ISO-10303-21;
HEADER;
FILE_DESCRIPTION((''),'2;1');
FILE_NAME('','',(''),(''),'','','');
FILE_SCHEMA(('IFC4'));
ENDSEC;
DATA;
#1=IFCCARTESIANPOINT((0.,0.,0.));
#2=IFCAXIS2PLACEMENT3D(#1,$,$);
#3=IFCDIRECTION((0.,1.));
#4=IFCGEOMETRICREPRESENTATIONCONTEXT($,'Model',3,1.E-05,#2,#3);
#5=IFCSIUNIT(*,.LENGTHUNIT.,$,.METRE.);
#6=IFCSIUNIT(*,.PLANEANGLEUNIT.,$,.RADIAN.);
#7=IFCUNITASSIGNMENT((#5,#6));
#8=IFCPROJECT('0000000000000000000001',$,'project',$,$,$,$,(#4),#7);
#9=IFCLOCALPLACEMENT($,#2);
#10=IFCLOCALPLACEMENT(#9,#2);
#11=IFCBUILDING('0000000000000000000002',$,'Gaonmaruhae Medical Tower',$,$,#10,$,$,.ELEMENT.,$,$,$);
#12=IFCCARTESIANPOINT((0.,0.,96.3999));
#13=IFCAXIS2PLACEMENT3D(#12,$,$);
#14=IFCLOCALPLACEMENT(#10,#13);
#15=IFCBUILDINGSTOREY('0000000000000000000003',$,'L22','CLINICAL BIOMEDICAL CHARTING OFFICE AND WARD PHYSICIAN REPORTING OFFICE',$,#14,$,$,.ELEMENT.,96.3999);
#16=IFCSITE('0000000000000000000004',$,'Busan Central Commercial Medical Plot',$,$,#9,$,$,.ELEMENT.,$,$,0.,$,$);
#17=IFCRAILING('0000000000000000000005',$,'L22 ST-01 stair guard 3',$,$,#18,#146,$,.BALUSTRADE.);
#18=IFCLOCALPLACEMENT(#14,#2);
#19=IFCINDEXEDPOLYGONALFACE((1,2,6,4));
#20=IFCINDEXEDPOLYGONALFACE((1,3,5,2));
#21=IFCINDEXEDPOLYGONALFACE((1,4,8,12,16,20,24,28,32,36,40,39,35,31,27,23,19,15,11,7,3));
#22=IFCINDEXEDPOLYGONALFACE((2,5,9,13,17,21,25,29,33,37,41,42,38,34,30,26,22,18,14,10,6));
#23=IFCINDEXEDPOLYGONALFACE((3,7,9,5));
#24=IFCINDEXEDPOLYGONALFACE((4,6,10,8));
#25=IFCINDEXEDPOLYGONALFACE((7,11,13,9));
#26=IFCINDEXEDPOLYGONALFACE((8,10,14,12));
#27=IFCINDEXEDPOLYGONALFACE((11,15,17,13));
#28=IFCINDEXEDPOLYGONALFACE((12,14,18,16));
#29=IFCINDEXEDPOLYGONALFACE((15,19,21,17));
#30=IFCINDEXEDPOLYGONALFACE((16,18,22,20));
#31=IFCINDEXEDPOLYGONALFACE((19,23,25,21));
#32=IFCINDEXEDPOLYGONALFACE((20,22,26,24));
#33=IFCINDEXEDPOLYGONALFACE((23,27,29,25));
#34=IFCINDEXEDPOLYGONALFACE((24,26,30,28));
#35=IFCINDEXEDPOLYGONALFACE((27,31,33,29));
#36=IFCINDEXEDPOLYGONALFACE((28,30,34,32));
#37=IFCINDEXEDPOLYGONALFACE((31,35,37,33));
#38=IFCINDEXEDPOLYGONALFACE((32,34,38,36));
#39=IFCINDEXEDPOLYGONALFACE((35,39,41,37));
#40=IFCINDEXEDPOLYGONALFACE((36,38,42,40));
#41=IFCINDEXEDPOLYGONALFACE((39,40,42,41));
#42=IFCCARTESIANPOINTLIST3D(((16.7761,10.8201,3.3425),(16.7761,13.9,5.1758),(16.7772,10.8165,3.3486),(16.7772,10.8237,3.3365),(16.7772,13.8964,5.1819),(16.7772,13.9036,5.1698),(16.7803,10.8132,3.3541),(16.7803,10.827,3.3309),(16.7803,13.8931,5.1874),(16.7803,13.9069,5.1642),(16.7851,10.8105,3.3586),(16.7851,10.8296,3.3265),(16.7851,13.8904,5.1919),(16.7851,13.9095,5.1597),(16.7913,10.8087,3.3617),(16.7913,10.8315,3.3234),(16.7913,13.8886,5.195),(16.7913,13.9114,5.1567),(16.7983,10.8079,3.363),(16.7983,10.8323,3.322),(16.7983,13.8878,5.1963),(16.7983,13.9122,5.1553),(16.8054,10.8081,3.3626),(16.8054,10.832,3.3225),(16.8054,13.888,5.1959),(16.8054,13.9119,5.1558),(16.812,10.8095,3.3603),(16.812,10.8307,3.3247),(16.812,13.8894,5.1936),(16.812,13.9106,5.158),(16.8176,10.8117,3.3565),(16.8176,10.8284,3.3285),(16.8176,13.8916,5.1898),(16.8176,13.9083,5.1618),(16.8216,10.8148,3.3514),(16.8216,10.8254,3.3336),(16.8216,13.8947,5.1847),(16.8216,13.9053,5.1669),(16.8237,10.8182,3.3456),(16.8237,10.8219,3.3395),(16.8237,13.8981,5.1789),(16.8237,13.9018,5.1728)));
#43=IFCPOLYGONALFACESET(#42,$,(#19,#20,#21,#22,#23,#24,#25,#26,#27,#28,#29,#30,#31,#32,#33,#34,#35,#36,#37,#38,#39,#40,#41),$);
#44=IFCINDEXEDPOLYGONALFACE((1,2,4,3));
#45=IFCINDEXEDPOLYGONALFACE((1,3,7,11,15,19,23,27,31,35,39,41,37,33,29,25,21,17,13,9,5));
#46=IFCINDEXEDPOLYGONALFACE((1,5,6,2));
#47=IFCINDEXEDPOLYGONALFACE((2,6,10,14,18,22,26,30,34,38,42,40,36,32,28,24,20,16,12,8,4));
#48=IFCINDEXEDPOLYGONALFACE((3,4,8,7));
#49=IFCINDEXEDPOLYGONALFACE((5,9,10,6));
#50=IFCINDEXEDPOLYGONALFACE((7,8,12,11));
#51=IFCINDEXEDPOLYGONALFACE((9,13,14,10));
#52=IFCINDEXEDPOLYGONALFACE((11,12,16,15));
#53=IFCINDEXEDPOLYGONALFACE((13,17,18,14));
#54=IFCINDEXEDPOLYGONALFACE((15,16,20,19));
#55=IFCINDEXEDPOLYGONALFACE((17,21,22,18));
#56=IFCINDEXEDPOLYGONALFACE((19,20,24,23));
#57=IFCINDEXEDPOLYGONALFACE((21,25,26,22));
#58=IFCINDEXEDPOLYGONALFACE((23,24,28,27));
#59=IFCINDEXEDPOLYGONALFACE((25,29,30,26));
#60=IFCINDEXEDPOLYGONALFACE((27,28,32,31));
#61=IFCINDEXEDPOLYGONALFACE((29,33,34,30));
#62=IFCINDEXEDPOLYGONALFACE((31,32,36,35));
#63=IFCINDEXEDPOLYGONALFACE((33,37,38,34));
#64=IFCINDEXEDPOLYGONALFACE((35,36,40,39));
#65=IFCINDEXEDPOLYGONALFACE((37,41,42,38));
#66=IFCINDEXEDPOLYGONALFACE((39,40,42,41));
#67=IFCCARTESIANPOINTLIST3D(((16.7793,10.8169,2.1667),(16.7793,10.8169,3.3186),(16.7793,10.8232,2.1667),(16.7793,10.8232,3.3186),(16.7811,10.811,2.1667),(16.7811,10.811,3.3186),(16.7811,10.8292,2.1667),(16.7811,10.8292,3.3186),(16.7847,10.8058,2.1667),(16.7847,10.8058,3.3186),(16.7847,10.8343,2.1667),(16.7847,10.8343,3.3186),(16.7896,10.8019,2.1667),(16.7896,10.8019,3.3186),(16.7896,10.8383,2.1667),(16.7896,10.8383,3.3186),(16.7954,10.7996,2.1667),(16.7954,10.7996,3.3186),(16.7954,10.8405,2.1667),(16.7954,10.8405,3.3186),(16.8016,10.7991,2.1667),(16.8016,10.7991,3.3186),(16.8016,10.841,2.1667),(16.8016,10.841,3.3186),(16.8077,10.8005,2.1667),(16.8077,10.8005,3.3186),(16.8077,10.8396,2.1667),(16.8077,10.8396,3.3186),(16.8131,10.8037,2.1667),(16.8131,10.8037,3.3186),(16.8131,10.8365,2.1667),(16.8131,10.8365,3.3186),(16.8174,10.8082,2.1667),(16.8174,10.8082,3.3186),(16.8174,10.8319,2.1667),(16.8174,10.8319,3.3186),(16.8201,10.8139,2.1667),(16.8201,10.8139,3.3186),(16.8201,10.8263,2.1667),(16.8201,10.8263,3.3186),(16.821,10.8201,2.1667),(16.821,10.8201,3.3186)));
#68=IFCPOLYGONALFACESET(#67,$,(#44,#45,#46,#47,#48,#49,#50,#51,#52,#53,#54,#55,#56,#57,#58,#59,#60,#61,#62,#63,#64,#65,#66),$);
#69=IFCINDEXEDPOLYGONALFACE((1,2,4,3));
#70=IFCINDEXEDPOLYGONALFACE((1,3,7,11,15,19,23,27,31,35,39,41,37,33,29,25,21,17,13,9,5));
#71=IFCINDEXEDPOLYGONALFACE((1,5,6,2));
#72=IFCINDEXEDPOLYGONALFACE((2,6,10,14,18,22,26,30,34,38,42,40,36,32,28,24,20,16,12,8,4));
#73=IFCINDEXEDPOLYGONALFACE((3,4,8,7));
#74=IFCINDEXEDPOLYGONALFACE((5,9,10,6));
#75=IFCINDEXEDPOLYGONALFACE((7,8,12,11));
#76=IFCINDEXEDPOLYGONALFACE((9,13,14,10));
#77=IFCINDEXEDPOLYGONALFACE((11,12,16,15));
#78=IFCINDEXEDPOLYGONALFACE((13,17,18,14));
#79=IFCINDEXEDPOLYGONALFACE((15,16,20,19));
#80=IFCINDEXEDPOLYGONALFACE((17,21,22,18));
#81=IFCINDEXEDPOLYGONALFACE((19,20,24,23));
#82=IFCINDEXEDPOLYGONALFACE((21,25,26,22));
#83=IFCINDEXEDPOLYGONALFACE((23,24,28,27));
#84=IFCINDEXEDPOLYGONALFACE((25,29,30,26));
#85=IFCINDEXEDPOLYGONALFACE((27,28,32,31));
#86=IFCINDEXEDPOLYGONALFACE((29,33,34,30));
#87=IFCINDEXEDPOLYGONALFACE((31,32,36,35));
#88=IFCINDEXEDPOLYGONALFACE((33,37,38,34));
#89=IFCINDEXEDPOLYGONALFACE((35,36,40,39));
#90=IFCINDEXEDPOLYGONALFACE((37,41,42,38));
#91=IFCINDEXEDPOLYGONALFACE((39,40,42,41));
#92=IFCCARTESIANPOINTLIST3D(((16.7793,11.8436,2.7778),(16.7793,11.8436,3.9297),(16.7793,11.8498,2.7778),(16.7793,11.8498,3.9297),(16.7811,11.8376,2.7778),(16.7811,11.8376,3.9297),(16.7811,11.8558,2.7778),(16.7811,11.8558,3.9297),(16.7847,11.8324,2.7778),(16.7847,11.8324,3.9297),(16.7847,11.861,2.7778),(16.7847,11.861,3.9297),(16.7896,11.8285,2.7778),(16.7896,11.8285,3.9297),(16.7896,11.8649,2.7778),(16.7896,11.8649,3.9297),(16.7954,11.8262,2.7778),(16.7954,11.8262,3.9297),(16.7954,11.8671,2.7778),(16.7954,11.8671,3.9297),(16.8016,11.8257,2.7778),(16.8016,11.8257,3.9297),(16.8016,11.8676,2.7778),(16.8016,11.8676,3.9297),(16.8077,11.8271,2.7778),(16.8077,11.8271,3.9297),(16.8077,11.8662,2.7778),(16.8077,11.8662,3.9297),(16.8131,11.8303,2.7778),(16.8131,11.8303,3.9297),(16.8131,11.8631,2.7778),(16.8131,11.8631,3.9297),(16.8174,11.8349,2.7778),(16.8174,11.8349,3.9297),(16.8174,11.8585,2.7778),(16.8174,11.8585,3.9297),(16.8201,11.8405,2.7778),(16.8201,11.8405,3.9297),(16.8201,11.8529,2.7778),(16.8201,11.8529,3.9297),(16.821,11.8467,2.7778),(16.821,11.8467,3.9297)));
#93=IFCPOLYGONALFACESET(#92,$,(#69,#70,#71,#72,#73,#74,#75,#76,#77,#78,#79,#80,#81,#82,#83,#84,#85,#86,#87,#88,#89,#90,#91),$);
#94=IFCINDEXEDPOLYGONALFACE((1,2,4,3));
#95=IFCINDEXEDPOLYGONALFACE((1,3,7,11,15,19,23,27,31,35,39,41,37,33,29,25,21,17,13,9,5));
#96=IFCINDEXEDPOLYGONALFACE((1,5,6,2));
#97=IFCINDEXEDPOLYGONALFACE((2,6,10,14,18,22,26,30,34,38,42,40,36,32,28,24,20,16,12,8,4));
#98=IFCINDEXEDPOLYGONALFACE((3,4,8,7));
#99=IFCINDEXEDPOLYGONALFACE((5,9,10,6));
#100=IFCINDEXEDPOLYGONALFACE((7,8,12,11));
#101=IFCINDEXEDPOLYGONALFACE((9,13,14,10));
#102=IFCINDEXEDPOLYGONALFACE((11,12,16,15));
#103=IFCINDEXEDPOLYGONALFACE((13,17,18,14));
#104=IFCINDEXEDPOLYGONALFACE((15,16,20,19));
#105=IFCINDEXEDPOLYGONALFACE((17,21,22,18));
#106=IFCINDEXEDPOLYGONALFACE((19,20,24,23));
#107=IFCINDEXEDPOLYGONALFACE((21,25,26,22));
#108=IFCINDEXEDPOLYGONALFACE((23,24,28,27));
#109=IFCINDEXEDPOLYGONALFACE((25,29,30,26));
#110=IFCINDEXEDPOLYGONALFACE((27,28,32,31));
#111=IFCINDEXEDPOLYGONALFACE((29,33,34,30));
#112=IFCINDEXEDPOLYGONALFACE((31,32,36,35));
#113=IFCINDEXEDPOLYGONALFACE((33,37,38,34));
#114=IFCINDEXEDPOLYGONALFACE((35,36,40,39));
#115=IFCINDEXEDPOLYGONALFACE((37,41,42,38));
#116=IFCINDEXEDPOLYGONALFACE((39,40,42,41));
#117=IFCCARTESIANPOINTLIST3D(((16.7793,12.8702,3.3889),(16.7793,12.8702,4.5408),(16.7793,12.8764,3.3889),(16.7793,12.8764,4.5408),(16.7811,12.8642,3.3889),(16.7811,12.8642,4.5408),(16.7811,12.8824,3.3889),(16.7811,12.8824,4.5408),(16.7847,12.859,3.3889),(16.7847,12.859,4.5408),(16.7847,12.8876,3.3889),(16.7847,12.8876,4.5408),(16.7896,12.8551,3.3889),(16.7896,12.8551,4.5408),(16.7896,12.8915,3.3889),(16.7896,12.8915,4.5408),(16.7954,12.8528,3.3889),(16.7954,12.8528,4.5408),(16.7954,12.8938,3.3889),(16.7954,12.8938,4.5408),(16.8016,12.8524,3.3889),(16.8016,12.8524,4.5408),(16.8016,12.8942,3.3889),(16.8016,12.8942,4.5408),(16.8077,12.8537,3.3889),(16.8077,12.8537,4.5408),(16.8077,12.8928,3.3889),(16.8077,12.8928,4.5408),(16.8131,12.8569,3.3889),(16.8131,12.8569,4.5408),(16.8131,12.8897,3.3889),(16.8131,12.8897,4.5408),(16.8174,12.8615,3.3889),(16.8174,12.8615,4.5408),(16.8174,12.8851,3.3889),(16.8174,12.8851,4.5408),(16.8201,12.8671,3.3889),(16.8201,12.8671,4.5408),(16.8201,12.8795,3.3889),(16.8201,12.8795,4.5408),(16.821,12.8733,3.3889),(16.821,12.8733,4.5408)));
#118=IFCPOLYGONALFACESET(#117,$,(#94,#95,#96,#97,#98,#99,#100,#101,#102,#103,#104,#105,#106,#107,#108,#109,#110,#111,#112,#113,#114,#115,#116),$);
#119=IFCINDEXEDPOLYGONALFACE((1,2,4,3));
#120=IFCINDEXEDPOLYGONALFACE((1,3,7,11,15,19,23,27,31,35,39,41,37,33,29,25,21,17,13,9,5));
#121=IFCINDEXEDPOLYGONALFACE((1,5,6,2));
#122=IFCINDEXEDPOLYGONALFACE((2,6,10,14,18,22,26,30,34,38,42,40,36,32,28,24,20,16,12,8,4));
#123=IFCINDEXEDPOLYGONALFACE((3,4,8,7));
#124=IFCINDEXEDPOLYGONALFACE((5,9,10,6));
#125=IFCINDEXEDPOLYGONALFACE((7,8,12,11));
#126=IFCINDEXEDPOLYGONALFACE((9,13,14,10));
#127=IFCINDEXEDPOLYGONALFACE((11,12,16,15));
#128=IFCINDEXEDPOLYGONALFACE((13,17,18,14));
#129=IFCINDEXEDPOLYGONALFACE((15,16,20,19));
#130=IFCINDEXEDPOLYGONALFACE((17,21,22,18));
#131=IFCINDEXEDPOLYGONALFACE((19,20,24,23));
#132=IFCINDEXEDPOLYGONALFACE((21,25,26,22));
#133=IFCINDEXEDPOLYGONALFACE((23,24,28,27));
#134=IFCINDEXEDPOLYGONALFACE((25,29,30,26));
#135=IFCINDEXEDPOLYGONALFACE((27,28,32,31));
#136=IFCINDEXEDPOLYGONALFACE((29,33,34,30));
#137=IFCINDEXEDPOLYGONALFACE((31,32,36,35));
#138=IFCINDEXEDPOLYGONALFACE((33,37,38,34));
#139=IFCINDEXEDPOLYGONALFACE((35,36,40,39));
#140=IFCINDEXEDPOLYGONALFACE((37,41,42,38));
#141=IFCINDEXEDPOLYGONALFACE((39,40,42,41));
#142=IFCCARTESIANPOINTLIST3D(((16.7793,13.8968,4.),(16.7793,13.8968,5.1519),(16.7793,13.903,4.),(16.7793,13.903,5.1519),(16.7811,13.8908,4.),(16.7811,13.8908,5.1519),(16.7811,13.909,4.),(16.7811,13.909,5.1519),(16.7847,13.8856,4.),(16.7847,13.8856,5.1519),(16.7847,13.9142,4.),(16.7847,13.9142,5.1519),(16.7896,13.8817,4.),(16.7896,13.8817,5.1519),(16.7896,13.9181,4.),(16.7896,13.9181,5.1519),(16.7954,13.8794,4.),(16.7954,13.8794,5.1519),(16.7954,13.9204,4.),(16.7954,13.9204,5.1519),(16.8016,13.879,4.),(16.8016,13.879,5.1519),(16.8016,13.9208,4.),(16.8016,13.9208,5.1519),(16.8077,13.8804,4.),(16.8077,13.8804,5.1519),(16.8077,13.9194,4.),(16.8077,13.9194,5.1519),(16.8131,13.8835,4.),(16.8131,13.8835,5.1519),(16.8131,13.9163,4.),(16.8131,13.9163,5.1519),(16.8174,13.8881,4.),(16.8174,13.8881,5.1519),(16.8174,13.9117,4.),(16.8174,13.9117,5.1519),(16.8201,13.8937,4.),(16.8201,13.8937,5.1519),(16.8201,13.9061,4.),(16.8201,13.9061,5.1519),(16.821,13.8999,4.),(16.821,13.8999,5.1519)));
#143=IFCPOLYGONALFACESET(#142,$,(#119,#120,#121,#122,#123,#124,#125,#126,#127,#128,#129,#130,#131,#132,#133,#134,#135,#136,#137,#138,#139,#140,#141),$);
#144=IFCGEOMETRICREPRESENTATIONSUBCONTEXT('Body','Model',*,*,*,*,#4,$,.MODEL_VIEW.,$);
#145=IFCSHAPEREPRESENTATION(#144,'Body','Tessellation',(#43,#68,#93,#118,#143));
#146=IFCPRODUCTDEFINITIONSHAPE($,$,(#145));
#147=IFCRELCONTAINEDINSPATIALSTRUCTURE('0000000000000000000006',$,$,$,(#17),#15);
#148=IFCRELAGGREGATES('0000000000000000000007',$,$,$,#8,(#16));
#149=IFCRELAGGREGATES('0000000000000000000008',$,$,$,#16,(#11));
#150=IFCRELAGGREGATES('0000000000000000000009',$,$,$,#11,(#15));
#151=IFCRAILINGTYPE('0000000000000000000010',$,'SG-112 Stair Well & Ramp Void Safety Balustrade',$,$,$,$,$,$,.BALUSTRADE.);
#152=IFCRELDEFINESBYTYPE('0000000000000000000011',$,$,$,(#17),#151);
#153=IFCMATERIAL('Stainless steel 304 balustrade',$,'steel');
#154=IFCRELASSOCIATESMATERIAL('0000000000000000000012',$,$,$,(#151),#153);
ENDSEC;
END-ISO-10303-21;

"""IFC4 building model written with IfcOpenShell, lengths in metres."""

from ifc_helpers import new_model, si_unit, direction, frame, origin, origin_2d, place, context, subcontext, project, spatial, circle, extrude, material, type_object, element, save


model = new_model("IFC4")

# Units and contexts
model_context = context("Model", 3, precision=1e-05, world=origin(), true_north=direction((0.0, 1.0)))
body_context = subcontext(model_context, "Body", "Model", "MODEL_VIEW")
ifc_project = project(units=[si_unit("LENGTHUNIT", "METRE"), si_unit("PLANEANGLEUNIT", "RADIAN")], contexts=[model_context])

# Site, building, storey
site_placement = place(None, origin())
site = spatial("IfcSite", under=ifc_project, at=site_placement, Name="Busan Central Commercial Medical Plot", CompositionType="ELEMENT", RefElevation=0.0)
building_placement = place(site_placement, origin())
building = spatial("IfcBuilding", under=site, at=building_placement, Name="Gaonmaruhae Medical Tower", CompositionType="ELEMENT")
storey_placement = place(building_placement, frame((0.0, 0.0, 96.3999)))
storey = spatial("IfcBuildingStorey", under=building, at=storey_placement, Name="L22", Description="CLINICAL BIOMEDICAL CHARTING OFFICE AND WARD PHYSICIAN REPORTING OFFICE", CompositionType="ELEMENT", Elevation=96.3999)

# Railing
ifc_material_1 = material(Name="Stainless steel 304 balustrade", Category="steel")
railing_type_1 = type_object("IfcRailingType", Name="SG-112 Stair Well & Ramp Void Safety Balustrade", PredefinedType="BALUSTRADE", material=ifc_material_1)
railing_1_placement = place(storey_placement, frame((16.8, 10.8201, 2.1667)))
element("IfcRailing", 1, at=railing_1_placement, inside=storey, type_object=railing_type_1, Name="L22 ST-01 stair guard 3", PredefinedType="BALUSTRADE", context=body_context, shape_type="SweptSolid", body=[
    extrude(circle(Radius=0.0239, at=origin_2d()), frame((0.0, 0.0, 1.1758), z_axis=(0.0, 0.859291, 0.511487), x_axis=(-1.0, 0.0, 0.0)), (0.0, 0.0, 1.0), 3.5842),
    extrude(circle(Radius=0.021, at=origin_2d()), origin(), (0.0, 0.0, 1.0), 1.1519),
    extrude(circle(Radius=0.021, at=origin_2d()), frame((0.0, 1.0266, 0.6111)), (0.0, 0.0, 1.0), 1.1519),
    extrude(circle(Radius=0.021, at=origin_2d()), frame((0.0, 2.0532, 1.2222)), (0.0, 0.0, 1.0), 1.1519),
    extrude(circle(Radius=0.021, at=origin_2d()), frame((0.0, 3.0798, 1.8333)), (0.0, 0.0, 1.0), 1.1519),
])

save(model, "model.ifc")
